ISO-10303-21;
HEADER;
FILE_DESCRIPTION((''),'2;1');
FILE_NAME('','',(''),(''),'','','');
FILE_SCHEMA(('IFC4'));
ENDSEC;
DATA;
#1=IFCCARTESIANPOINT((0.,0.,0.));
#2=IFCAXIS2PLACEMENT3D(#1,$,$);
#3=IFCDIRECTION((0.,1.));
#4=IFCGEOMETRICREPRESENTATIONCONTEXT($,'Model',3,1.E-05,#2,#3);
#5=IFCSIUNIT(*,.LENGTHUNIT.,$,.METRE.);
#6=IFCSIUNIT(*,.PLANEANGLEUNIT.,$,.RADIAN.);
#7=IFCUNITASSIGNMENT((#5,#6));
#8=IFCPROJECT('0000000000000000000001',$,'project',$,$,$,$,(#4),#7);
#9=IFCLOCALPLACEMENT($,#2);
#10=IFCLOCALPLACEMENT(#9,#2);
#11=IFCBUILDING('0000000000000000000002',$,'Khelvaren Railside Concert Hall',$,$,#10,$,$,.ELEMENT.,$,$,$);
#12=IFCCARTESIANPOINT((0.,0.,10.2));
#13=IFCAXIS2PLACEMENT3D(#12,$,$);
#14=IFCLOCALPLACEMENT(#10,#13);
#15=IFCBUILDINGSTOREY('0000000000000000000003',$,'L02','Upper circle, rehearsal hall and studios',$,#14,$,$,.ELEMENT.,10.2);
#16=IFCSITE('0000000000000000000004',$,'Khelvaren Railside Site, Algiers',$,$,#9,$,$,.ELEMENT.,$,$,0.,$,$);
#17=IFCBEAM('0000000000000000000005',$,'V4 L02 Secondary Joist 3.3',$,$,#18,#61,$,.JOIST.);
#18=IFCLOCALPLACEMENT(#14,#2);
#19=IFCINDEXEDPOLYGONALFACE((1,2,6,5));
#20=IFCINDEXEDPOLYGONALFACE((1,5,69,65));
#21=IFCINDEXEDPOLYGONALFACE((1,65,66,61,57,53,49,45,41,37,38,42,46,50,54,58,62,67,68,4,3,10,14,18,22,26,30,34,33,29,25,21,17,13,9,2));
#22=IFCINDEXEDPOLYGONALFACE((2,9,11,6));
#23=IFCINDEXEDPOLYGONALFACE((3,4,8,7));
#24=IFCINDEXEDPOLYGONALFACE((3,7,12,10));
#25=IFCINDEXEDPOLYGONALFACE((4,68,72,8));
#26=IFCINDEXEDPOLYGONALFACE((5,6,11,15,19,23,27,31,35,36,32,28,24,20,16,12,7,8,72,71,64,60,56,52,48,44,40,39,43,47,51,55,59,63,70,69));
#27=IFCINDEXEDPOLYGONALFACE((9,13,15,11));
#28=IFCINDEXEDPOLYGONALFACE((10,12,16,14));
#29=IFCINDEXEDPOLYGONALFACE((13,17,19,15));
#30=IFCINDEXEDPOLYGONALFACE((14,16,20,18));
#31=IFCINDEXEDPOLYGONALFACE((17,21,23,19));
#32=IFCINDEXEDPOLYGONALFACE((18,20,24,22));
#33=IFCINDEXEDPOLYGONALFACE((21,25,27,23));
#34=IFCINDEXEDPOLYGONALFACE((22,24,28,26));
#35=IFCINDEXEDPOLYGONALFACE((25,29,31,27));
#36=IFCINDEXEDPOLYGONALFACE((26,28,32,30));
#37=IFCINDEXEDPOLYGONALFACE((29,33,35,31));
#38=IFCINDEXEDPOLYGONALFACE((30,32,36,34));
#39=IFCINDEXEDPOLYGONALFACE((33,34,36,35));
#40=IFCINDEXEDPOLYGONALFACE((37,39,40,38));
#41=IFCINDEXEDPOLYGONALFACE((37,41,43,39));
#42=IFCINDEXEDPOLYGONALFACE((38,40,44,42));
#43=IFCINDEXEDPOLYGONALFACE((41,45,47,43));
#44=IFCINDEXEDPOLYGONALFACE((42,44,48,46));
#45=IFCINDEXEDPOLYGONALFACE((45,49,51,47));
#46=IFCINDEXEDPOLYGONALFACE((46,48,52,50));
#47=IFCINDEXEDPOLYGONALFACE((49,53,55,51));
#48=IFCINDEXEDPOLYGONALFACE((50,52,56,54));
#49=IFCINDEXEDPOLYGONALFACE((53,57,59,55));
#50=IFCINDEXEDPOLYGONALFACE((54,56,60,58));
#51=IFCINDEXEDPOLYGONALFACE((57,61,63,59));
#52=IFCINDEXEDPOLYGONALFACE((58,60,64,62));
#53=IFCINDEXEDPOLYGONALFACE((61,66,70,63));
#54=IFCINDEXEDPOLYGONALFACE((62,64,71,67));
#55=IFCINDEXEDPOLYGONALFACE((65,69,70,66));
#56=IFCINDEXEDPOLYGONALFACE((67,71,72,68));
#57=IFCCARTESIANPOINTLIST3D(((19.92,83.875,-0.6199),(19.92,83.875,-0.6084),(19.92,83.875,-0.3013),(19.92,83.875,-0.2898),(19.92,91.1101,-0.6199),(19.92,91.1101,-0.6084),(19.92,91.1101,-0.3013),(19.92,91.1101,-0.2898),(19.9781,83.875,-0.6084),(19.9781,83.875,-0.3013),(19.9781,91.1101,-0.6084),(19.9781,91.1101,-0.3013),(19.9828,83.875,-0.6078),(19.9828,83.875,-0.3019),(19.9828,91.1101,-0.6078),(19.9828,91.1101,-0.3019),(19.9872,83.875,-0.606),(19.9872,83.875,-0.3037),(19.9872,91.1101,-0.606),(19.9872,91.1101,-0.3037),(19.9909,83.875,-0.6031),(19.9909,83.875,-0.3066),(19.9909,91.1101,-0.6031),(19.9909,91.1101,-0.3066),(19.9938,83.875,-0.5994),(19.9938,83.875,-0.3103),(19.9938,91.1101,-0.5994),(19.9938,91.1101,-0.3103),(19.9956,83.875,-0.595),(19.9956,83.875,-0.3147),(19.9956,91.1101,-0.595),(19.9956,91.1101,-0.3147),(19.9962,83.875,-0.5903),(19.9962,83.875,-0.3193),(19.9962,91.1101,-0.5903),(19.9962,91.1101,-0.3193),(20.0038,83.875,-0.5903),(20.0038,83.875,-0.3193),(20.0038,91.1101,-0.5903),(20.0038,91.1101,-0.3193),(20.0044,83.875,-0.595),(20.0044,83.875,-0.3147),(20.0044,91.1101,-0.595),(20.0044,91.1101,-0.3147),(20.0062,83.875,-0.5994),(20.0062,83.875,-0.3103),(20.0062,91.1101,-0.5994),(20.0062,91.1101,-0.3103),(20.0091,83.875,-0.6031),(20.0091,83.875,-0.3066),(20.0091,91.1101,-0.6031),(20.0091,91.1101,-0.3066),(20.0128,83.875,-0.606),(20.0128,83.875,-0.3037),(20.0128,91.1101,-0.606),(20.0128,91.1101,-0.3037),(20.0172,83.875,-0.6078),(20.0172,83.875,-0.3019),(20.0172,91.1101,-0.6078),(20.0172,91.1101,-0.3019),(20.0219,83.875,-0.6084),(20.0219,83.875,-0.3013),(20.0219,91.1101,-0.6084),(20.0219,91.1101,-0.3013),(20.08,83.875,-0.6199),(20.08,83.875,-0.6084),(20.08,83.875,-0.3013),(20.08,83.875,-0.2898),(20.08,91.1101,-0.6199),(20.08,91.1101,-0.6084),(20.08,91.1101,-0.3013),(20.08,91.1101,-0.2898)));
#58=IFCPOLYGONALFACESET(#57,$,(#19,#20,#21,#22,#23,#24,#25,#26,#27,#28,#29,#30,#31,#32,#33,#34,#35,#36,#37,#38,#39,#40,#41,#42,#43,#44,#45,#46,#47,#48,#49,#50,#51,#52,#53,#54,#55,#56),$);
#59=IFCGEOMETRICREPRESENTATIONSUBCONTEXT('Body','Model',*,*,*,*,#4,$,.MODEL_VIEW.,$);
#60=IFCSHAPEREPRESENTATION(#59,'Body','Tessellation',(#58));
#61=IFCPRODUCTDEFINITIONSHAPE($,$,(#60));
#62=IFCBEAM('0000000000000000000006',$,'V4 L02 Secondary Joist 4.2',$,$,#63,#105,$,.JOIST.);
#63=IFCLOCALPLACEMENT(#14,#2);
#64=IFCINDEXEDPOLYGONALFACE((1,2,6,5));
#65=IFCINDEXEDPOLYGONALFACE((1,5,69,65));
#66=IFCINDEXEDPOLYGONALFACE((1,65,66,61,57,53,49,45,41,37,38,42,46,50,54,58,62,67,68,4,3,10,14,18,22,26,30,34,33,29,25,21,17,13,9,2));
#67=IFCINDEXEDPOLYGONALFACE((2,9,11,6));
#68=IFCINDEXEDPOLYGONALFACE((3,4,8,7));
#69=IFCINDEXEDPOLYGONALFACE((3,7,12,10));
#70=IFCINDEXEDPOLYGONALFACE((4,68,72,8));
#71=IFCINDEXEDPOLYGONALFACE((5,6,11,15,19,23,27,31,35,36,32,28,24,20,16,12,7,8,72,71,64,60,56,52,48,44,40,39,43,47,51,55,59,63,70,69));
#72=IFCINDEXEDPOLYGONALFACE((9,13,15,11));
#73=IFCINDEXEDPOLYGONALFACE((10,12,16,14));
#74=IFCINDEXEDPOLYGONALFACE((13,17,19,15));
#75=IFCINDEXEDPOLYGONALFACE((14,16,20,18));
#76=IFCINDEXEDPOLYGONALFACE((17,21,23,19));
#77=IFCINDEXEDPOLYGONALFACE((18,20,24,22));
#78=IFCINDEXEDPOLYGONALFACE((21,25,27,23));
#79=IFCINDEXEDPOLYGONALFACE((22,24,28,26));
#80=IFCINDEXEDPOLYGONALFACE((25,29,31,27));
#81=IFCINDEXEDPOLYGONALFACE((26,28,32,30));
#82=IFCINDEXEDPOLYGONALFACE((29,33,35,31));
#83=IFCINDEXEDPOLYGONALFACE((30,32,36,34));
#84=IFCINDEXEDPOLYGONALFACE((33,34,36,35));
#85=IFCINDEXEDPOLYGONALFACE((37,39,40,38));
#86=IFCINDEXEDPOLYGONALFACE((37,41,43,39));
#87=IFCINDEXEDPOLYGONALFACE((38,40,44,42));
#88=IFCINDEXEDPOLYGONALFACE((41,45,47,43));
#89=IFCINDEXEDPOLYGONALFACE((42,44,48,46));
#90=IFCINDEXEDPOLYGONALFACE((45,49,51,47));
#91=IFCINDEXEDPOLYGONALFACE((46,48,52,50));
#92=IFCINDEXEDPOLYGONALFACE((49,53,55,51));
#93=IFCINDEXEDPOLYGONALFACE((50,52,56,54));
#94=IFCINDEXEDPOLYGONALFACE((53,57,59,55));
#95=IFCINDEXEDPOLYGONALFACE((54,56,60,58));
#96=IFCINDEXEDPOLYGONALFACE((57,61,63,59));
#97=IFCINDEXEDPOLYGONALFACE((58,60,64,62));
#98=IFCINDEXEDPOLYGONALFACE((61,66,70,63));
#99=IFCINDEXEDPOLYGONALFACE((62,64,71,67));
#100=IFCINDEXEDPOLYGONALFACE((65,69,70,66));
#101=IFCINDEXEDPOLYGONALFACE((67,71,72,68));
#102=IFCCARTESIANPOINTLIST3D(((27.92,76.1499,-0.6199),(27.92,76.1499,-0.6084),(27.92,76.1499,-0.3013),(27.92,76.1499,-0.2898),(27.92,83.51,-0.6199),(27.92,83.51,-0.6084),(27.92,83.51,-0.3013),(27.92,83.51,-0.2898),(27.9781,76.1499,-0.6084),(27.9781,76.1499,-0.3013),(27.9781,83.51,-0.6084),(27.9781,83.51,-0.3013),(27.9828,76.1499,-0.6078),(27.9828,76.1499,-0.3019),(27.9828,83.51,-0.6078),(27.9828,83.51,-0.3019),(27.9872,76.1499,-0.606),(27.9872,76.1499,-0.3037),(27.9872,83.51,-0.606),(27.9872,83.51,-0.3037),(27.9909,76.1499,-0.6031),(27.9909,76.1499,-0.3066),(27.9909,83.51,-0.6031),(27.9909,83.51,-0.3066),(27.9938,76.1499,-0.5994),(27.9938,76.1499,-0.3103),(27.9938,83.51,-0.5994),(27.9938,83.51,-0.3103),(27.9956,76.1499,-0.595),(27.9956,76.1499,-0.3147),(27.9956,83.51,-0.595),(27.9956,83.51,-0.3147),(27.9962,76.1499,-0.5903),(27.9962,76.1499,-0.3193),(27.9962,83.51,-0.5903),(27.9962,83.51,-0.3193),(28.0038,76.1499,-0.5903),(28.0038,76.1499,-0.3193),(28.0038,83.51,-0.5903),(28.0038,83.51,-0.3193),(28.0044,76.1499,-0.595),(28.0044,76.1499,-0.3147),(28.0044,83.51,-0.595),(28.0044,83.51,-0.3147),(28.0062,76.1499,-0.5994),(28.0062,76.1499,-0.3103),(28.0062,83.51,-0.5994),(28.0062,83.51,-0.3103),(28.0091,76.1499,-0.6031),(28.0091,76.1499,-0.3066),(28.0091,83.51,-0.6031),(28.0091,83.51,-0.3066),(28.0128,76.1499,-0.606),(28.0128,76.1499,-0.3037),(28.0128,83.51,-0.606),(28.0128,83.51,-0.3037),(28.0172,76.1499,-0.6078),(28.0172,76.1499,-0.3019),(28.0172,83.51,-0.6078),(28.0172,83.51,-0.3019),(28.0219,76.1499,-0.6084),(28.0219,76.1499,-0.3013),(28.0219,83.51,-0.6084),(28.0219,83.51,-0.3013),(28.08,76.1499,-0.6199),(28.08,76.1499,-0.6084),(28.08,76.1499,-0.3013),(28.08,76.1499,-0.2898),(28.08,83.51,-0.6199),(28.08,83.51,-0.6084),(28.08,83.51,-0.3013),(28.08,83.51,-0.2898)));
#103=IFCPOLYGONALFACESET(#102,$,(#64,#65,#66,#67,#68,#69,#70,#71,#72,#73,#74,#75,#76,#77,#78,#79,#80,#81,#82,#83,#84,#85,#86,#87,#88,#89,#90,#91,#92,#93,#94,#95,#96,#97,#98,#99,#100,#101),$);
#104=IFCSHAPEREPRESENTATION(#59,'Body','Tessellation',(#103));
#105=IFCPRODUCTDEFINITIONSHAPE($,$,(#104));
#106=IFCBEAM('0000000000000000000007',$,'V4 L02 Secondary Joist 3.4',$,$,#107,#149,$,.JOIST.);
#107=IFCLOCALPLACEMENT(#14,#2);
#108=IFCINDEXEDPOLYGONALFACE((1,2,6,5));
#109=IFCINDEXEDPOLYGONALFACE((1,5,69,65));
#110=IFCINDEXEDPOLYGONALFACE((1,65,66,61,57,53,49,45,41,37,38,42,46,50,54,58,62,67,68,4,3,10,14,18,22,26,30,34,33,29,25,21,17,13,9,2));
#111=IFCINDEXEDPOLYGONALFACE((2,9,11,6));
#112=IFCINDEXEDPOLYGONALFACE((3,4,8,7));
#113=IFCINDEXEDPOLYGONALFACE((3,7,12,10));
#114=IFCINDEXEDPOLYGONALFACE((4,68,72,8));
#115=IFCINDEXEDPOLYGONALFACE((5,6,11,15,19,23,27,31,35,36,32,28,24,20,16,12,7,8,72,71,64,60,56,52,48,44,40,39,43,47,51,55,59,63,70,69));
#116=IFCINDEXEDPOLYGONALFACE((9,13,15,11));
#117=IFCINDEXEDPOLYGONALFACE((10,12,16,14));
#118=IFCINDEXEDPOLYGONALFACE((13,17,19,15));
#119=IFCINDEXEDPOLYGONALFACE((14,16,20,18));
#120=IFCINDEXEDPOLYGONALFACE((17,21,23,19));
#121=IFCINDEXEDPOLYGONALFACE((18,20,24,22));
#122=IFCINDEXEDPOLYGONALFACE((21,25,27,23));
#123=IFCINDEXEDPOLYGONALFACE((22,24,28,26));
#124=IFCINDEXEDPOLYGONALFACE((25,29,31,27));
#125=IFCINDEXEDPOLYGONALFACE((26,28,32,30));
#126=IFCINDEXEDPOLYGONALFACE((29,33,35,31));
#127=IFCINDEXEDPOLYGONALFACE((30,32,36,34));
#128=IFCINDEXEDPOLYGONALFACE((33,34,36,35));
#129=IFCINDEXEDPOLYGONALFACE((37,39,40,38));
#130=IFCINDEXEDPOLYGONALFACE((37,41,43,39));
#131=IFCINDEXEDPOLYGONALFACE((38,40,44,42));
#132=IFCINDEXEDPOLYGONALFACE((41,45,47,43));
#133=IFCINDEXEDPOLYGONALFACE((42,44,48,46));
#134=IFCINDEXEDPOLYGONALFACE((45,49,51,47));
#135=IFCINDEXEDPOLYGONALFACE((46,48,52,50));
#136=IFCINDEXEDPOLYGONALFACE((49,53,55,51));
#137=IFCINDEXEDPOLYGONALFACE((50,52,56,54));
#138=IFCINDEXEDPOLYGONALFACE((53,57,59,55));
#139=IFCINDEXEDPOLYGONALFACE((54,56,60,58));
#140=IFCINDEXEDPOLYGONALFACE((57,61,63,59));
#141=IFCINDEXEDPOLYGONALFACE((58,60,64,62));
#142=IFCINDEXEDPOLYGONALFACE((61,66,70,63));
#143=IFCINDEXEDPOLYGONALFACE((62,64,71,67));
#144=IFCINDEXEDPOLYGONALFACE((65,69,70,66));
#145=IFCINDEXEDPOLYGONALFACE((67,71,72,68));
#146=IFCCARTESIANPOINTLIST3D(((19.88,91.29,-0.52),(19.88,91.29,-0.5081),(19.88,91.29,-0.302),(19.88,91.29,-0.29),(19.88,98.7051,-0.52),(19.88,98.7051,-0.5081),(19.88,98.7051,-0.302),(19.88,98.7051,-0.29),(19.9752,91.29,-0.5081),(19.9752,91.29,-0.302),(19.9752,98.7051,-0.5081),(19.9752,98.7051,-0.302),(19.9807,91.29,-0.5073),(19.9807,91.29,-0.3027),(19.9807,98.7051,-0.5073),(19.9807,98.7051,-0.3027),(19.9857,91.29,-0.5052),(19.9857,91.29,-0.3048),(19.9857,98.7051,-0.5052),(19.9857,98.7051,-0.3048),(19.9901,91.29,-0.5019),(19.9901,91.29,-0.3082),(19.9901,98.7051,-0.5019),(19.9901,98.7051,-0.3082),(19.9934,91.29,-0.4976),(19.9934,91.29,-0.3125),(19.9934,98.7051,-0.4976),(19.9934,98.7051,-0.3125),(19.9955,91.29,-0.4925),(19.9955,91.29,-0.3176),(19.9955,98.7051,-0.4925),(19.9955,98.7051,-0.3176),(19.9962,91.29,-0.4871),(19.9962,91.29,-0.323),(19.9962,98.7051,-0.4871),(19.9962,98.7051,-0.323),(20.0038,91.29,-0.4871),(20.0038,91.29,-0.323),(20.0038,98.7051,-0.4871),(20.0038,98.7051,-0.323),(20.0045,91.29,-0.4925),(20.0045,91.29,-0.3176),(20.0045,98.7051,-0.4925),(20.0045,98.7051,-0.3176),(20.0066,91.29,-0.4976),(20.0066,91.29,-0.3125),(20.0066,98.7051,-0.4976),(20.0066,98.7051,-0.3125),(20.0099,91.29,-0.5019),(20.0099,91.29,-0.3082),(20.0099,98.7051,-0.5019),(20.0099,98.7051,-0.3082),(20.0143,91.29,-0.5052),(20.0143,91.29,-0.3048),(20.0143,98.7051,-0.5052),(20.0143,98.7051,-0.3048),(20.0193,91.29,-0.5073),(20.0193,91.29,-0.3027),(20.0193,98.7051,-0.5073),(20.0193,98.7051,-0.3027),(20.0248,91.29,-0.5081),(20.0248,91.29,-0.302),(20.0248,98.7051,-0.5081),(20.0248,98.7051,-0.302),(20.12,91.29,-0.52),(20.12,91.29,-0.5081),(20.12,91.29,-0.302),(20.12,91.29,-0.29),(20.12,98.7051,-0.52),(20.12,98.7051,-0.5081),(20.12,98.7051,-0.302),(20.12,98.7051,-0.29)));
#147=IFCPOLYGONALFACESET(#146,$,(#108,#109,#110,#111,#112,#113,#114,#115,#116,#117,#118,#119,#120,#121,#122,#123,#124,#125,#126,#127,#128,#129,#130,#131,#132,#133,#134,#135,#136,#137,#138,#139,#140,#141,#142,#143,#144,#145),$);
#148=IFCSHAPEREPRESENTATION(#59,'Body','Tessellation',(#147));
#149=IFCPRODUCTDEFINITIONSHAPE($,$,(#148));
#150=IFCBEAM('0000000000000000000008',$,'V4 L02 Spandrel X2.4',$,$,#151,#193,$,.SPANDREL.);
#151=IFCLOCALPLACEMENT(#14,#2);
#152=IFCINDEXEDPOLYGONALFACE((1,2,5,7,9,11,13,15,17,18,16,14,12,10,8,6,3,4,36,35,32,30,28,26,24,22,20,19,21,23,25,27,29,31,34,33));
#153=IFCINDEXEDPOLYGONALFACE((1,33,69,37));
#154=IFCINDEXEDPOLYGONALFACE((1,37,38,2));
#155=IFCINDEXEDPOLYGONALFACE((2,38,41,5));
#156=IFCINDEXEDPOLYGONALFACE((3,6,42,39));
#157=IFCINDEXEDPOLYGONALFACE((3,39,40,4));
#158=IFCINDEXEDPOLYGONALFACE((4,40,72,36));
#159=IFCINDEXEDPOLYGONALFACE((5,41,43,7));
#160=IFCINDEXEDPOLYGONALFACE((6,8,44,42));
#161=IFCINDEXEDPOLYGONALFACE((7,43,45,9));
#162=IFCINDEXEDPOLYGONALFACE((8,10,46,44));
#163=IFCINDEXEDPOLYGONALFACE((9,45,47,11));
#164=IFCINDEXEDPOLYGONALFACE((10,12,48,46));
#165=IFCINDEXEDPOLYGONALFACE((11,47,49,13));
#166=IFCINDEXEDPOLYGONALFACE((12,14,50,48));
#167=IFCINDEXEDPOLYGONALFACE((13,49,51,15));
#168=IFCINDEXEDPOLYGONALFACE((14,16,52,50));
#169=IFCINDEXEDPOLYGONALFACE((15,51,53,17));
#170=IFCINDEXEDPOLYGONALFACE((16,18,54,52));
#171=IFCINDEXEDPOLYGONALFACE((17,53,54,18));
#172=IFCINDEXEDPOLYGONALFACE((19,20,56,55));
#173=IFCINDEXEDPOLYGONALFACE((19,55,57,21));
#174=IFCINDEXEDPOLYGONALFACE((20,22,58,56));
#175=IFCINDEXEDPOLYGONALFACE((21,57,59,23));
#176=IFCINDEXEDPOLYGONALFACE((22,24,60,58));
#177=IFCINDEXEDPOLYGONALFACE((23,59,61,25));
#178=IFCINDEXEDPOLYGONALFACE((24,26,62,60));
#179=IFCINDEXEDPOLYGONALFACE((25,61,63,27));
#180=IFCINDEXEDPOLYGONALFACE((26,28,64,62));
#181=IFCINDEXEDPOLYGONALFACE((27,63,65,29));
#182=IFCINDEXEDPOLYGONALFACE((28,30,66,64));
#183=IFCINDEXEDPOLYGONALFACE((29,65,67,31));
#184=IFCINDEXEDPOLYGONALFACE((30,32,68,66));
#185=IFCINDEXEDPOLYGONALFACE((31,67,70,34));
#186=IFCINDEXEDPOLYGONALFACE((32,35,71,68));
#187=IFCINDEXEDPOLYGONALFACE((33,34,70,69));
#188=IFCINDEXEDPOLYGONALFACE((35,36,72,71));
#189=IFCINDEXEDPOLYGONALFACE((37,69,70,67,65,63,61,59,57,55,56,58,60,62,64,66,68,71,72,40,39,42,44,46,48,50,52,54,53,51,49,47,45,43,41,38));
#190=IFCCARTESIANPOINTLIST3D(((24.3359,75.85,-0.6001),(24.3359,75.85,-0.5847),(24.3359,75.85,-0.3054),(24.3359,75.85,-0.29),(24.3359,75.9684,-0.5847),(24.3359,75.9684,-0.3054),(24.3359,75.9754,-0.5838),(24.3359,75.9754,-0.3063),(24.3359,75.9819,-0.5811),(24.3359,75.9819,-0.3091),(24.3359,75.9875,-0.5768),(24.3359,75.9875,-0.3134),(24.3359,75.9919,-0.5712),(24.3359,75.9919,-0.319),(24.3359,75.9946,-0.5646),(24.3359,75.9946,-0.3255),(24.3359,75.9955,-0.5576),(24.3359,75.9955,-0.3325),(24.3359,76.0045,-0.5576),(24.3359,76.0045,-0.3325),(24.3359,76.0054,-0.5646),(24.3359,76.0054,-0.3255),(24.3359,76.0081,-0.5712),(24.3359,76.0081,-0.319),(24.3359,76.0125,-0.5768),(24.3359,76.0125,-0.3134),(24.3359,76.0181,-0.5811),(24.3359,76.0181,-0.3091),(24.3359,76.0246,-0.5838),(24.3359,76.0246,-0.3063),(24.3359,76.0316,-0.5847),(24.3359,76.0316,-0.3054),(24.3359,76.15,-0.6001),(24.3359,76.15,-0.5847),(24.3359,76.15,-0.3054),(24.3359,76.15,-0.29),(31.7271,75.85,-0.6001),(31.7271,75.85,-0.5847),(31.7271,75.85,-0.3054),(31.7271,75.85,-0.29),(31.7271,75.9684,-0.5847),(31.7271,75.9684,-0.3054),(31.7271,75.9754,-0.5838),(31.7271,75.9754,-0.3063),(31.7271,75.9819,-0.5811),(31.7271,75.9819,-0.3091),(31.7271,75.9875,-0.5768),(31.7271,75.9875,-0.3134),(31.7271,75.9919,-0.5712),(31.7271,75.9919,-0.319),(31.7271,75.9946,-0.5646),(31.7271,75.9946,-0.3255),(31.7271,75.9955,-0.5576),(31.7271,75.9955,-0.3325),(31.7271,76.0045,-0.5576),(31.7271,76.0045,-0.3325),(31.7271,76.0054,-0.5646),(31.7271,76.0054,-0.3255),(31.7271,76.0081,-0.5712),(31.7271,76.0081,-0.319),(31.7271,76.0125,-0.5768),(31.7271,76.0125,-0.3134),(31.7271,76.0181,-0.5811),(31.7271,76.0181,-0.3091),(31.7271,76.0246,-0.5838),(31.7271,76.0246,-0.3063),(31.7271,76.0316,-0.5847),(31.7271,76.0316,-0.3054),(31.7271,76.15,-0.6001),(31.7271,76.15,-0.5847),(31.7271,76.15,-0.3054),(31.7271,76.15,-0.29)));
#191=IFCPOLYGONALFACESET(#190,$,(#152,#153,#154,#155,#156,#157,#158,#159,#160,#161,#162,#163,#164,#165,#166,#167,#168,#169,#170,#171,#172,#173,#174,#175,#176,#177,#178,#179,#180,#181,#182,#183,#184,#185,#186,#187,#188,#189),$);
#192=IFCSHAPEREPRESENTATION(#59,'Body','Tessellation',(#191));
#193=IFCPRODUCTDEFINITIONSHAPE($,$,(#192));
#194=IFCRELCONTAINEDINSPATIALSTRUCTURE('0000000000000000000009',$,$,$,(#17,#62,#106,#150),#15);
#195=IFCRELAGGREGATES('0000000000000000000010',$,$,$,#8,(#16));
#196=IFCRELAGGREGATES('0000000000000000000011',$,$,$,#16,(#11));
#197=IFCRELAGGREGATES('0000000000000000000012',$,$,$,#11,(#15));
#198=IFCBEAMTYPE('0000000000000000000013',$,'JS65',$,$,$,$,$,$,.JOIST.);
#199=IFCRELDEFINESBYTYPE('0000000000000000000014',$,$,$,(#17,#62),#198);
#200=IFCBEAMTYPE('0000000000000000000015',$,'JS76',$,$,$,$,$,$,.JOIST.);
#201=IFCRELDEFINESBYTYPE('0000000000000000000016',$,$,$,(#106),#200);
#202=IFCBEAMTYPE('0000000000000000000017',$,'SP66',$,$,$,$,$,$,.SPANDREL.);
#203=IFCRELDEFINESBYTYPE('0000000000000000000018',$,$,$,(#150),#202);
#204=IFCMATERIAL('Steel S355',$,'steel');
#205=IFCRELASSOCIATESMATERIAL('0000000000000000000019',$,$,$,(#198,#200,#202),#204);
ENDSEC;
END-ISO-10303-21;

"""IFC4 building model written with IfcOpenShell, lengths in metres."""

from ifc_helpers import new_model, si_unit, direction, frame, origin, origin_2d, place, context, subcontext, project, spatial, i_section, extrude, material, material_profile, profile_set, type_object, element, save


model = new_model("IFC4")

# Units and contexts
model_context = context("Model", 3, precision=1e-05, world=origin(), true_north=direction((0.0, 1.0)))
body_context = subcontext(model_context, "Body", "Model", "MODEL_VIEW")
ifc_project = project(units=[si_unit("LENGTHUNIT", "METRE"), si_unit("PLANEANGLEUNIT", "RADIAN")], contexts=[model_context])

# Site, building, storey
site_placement = place(None, origin())
site = spatial("IfcSite", under=ifc_project, at=site_placement, Name="Khelvaren Railside Site, Algiers", CompositionType="ELEMENT", RefElevation=0.0)
building_placement = place(site_placement, origin())
building = spatial("IfcBuilding", under=site, at=building_placement, Name="Khelvaren Railside Concert Hall", CompositionType="ELEMENT")
storey_placement = place(building_placement, frame((0.0, 0.0, 10.2)))
storey = spatial("IfcBuildingStorey", under=building, at=storey_placement, Name="L02", Description="Upper circle, rehearsal hall and studios", CompositionType="ELEMENT", Elevation=10.2)

# Shared definitions
ifc_material_1 = material(Name="Steel S355", Category="steel")

# Beams
ifc_material_profile_1 = material_profile(ifc_material_1, i_section(OverallWidth=0.1599, OverallDepth=0.3301, WebThickness=0.0076, FlangeThickness=0.0115, FilletRadius=0.0181, at=origin_2d()), Name="IPE 330")
ifc_profile_set_1 = profile_set([ifc_material_profile_1], Name="Steel S355")
beam_type_1 = type_object("IfcBeamType", Name="JS65", PredefinedType="JOIST", material=ifc_profile_set_1)
beam_1_placement = place(storey_placement, frame((20.0, 83.875, -0.4548), z_axis=(0.0, 1.0, 0.0), x_axis=(-1.0, 0.0, 0.0)))
element("IfcBeam", 1, at=beam_1_placement, inside=storey, type_object=beam_type_1, Name="V4 L02 Secondary Joist 3.3", PredefinedType="JOIST", context=body_context, shape_type="SweptSolid", body=[
    extrude(i_section(OverallWidth=0.1599, OverallDepth=0.3301, WebThickness=0.0076, FlangeThickness=0.0115, FilletRadius=0.0181, at=origin_2d()), origin(), (0.0, 0.0, 1.0), 7.2351),
])
beam_2_placement = place(storey_placement, frame((28.0, 76.1499, -0.4548), z_axis=(0.0, 1.0, 0.0), x_axis=(-1.0, 0.0, 0.0)))
element("IfcBeam", 2, at=beam_2_placement, inside=storey, type_object=beam_type_1, Name="V4 L02 Secondary Joist 4.2", PredefinedType="JOIST", context=body_context, shape_type="SweptSolid", body=[
    extrude(i_section(OverallWidth=0.1599, OverallDepth=0.3301, WebThickness=0.0076, FlangeThickness=0.0115, FilletRadius=0.0181, at=origin_2d()), origin(), (0.0, 0.0, 1.0), 7.3601),
])
ifc_material_profile_2 = material_profile(ifc_material_1, i_section(OverallWidth=0.24, OverallDepth=0.23, WebThickness=0.0076, FlangeThickness=0.012, FilletRadius=0.021, at=origin_2d()), Name="HEA 240")
ifc_profile_set_2 = profile_set([ifc_material_profile_2], Name="Steel S355")
beam_type_2 = type_object("IfcBeamType", Name="JS76", PredefinedType="JOIST", material=ifc_profile_set_2)
beam_3_placement = place(storey_placement, frame((20.0, 91.29, -0.405), z_axis=(0.0, 1.0, 0.0), x_axis=(-1.0, 0.0, 0.0)))
element("IfcBeam", 3, at=beam_3_placement, inside=storey, type_object=beam_type_2, Name="V4 L02 Secondary Joist 3.4", PredefinedType="JOIST", context=body_context, shape_type="SweptSolid", body=[
    extrude(i_section(OverallWidth=0.24, OverallDepth=0.23, WebThickness=0.0076, FlangeThickness=0.012, FilletRadius=0.021, at=origin_2d()), origin(), (0.0, 0.0, 1.0), 7.415),
])
ifc_material_profile_3 = material_profile(ifc_material_1, i_section(OverallWidth=0.3, OverallDepth=0.3101, WebThickness=0.009, FlangeThickness=0.0154, FilletRadius=0.0271, at=origin_2d()), Name="HEA 320")
ifc_profile_set_3 = profile_set([ifc_material_profile_3], Name="Steel S355")
beam_type_3 = type_object("IfcBeamType", Name="SP66", PredefinedType="SPANDREL", material=ifc_profile_set_3)
beam_4_placement = place(storey_placement, frame((24.3359, 76.0, -0.4451), z_axis=(1.0, 0.0, 0.0), x_axis=(0.0, 1.0, 0.0)))
element("IfcBeam", 4, at=beam_4_placement, inside=storey, type_object=beam_type_3, Name="V4 L02 Spandrel X2.4", PredefinedType="SPANDREL", context=body_context, shape_type="SweptSolid", body=[
    extrude(i_section(OverallWidth=0.3, OverallDepth=0.3101, WebThickness=0.009, FlangeThickness=0.0154, FilletRadius=0.0271, at=origin_2d()), origin(), (0.0, 0.0, 1.0), 7.3911),
])

save(model, "model.ifc")
